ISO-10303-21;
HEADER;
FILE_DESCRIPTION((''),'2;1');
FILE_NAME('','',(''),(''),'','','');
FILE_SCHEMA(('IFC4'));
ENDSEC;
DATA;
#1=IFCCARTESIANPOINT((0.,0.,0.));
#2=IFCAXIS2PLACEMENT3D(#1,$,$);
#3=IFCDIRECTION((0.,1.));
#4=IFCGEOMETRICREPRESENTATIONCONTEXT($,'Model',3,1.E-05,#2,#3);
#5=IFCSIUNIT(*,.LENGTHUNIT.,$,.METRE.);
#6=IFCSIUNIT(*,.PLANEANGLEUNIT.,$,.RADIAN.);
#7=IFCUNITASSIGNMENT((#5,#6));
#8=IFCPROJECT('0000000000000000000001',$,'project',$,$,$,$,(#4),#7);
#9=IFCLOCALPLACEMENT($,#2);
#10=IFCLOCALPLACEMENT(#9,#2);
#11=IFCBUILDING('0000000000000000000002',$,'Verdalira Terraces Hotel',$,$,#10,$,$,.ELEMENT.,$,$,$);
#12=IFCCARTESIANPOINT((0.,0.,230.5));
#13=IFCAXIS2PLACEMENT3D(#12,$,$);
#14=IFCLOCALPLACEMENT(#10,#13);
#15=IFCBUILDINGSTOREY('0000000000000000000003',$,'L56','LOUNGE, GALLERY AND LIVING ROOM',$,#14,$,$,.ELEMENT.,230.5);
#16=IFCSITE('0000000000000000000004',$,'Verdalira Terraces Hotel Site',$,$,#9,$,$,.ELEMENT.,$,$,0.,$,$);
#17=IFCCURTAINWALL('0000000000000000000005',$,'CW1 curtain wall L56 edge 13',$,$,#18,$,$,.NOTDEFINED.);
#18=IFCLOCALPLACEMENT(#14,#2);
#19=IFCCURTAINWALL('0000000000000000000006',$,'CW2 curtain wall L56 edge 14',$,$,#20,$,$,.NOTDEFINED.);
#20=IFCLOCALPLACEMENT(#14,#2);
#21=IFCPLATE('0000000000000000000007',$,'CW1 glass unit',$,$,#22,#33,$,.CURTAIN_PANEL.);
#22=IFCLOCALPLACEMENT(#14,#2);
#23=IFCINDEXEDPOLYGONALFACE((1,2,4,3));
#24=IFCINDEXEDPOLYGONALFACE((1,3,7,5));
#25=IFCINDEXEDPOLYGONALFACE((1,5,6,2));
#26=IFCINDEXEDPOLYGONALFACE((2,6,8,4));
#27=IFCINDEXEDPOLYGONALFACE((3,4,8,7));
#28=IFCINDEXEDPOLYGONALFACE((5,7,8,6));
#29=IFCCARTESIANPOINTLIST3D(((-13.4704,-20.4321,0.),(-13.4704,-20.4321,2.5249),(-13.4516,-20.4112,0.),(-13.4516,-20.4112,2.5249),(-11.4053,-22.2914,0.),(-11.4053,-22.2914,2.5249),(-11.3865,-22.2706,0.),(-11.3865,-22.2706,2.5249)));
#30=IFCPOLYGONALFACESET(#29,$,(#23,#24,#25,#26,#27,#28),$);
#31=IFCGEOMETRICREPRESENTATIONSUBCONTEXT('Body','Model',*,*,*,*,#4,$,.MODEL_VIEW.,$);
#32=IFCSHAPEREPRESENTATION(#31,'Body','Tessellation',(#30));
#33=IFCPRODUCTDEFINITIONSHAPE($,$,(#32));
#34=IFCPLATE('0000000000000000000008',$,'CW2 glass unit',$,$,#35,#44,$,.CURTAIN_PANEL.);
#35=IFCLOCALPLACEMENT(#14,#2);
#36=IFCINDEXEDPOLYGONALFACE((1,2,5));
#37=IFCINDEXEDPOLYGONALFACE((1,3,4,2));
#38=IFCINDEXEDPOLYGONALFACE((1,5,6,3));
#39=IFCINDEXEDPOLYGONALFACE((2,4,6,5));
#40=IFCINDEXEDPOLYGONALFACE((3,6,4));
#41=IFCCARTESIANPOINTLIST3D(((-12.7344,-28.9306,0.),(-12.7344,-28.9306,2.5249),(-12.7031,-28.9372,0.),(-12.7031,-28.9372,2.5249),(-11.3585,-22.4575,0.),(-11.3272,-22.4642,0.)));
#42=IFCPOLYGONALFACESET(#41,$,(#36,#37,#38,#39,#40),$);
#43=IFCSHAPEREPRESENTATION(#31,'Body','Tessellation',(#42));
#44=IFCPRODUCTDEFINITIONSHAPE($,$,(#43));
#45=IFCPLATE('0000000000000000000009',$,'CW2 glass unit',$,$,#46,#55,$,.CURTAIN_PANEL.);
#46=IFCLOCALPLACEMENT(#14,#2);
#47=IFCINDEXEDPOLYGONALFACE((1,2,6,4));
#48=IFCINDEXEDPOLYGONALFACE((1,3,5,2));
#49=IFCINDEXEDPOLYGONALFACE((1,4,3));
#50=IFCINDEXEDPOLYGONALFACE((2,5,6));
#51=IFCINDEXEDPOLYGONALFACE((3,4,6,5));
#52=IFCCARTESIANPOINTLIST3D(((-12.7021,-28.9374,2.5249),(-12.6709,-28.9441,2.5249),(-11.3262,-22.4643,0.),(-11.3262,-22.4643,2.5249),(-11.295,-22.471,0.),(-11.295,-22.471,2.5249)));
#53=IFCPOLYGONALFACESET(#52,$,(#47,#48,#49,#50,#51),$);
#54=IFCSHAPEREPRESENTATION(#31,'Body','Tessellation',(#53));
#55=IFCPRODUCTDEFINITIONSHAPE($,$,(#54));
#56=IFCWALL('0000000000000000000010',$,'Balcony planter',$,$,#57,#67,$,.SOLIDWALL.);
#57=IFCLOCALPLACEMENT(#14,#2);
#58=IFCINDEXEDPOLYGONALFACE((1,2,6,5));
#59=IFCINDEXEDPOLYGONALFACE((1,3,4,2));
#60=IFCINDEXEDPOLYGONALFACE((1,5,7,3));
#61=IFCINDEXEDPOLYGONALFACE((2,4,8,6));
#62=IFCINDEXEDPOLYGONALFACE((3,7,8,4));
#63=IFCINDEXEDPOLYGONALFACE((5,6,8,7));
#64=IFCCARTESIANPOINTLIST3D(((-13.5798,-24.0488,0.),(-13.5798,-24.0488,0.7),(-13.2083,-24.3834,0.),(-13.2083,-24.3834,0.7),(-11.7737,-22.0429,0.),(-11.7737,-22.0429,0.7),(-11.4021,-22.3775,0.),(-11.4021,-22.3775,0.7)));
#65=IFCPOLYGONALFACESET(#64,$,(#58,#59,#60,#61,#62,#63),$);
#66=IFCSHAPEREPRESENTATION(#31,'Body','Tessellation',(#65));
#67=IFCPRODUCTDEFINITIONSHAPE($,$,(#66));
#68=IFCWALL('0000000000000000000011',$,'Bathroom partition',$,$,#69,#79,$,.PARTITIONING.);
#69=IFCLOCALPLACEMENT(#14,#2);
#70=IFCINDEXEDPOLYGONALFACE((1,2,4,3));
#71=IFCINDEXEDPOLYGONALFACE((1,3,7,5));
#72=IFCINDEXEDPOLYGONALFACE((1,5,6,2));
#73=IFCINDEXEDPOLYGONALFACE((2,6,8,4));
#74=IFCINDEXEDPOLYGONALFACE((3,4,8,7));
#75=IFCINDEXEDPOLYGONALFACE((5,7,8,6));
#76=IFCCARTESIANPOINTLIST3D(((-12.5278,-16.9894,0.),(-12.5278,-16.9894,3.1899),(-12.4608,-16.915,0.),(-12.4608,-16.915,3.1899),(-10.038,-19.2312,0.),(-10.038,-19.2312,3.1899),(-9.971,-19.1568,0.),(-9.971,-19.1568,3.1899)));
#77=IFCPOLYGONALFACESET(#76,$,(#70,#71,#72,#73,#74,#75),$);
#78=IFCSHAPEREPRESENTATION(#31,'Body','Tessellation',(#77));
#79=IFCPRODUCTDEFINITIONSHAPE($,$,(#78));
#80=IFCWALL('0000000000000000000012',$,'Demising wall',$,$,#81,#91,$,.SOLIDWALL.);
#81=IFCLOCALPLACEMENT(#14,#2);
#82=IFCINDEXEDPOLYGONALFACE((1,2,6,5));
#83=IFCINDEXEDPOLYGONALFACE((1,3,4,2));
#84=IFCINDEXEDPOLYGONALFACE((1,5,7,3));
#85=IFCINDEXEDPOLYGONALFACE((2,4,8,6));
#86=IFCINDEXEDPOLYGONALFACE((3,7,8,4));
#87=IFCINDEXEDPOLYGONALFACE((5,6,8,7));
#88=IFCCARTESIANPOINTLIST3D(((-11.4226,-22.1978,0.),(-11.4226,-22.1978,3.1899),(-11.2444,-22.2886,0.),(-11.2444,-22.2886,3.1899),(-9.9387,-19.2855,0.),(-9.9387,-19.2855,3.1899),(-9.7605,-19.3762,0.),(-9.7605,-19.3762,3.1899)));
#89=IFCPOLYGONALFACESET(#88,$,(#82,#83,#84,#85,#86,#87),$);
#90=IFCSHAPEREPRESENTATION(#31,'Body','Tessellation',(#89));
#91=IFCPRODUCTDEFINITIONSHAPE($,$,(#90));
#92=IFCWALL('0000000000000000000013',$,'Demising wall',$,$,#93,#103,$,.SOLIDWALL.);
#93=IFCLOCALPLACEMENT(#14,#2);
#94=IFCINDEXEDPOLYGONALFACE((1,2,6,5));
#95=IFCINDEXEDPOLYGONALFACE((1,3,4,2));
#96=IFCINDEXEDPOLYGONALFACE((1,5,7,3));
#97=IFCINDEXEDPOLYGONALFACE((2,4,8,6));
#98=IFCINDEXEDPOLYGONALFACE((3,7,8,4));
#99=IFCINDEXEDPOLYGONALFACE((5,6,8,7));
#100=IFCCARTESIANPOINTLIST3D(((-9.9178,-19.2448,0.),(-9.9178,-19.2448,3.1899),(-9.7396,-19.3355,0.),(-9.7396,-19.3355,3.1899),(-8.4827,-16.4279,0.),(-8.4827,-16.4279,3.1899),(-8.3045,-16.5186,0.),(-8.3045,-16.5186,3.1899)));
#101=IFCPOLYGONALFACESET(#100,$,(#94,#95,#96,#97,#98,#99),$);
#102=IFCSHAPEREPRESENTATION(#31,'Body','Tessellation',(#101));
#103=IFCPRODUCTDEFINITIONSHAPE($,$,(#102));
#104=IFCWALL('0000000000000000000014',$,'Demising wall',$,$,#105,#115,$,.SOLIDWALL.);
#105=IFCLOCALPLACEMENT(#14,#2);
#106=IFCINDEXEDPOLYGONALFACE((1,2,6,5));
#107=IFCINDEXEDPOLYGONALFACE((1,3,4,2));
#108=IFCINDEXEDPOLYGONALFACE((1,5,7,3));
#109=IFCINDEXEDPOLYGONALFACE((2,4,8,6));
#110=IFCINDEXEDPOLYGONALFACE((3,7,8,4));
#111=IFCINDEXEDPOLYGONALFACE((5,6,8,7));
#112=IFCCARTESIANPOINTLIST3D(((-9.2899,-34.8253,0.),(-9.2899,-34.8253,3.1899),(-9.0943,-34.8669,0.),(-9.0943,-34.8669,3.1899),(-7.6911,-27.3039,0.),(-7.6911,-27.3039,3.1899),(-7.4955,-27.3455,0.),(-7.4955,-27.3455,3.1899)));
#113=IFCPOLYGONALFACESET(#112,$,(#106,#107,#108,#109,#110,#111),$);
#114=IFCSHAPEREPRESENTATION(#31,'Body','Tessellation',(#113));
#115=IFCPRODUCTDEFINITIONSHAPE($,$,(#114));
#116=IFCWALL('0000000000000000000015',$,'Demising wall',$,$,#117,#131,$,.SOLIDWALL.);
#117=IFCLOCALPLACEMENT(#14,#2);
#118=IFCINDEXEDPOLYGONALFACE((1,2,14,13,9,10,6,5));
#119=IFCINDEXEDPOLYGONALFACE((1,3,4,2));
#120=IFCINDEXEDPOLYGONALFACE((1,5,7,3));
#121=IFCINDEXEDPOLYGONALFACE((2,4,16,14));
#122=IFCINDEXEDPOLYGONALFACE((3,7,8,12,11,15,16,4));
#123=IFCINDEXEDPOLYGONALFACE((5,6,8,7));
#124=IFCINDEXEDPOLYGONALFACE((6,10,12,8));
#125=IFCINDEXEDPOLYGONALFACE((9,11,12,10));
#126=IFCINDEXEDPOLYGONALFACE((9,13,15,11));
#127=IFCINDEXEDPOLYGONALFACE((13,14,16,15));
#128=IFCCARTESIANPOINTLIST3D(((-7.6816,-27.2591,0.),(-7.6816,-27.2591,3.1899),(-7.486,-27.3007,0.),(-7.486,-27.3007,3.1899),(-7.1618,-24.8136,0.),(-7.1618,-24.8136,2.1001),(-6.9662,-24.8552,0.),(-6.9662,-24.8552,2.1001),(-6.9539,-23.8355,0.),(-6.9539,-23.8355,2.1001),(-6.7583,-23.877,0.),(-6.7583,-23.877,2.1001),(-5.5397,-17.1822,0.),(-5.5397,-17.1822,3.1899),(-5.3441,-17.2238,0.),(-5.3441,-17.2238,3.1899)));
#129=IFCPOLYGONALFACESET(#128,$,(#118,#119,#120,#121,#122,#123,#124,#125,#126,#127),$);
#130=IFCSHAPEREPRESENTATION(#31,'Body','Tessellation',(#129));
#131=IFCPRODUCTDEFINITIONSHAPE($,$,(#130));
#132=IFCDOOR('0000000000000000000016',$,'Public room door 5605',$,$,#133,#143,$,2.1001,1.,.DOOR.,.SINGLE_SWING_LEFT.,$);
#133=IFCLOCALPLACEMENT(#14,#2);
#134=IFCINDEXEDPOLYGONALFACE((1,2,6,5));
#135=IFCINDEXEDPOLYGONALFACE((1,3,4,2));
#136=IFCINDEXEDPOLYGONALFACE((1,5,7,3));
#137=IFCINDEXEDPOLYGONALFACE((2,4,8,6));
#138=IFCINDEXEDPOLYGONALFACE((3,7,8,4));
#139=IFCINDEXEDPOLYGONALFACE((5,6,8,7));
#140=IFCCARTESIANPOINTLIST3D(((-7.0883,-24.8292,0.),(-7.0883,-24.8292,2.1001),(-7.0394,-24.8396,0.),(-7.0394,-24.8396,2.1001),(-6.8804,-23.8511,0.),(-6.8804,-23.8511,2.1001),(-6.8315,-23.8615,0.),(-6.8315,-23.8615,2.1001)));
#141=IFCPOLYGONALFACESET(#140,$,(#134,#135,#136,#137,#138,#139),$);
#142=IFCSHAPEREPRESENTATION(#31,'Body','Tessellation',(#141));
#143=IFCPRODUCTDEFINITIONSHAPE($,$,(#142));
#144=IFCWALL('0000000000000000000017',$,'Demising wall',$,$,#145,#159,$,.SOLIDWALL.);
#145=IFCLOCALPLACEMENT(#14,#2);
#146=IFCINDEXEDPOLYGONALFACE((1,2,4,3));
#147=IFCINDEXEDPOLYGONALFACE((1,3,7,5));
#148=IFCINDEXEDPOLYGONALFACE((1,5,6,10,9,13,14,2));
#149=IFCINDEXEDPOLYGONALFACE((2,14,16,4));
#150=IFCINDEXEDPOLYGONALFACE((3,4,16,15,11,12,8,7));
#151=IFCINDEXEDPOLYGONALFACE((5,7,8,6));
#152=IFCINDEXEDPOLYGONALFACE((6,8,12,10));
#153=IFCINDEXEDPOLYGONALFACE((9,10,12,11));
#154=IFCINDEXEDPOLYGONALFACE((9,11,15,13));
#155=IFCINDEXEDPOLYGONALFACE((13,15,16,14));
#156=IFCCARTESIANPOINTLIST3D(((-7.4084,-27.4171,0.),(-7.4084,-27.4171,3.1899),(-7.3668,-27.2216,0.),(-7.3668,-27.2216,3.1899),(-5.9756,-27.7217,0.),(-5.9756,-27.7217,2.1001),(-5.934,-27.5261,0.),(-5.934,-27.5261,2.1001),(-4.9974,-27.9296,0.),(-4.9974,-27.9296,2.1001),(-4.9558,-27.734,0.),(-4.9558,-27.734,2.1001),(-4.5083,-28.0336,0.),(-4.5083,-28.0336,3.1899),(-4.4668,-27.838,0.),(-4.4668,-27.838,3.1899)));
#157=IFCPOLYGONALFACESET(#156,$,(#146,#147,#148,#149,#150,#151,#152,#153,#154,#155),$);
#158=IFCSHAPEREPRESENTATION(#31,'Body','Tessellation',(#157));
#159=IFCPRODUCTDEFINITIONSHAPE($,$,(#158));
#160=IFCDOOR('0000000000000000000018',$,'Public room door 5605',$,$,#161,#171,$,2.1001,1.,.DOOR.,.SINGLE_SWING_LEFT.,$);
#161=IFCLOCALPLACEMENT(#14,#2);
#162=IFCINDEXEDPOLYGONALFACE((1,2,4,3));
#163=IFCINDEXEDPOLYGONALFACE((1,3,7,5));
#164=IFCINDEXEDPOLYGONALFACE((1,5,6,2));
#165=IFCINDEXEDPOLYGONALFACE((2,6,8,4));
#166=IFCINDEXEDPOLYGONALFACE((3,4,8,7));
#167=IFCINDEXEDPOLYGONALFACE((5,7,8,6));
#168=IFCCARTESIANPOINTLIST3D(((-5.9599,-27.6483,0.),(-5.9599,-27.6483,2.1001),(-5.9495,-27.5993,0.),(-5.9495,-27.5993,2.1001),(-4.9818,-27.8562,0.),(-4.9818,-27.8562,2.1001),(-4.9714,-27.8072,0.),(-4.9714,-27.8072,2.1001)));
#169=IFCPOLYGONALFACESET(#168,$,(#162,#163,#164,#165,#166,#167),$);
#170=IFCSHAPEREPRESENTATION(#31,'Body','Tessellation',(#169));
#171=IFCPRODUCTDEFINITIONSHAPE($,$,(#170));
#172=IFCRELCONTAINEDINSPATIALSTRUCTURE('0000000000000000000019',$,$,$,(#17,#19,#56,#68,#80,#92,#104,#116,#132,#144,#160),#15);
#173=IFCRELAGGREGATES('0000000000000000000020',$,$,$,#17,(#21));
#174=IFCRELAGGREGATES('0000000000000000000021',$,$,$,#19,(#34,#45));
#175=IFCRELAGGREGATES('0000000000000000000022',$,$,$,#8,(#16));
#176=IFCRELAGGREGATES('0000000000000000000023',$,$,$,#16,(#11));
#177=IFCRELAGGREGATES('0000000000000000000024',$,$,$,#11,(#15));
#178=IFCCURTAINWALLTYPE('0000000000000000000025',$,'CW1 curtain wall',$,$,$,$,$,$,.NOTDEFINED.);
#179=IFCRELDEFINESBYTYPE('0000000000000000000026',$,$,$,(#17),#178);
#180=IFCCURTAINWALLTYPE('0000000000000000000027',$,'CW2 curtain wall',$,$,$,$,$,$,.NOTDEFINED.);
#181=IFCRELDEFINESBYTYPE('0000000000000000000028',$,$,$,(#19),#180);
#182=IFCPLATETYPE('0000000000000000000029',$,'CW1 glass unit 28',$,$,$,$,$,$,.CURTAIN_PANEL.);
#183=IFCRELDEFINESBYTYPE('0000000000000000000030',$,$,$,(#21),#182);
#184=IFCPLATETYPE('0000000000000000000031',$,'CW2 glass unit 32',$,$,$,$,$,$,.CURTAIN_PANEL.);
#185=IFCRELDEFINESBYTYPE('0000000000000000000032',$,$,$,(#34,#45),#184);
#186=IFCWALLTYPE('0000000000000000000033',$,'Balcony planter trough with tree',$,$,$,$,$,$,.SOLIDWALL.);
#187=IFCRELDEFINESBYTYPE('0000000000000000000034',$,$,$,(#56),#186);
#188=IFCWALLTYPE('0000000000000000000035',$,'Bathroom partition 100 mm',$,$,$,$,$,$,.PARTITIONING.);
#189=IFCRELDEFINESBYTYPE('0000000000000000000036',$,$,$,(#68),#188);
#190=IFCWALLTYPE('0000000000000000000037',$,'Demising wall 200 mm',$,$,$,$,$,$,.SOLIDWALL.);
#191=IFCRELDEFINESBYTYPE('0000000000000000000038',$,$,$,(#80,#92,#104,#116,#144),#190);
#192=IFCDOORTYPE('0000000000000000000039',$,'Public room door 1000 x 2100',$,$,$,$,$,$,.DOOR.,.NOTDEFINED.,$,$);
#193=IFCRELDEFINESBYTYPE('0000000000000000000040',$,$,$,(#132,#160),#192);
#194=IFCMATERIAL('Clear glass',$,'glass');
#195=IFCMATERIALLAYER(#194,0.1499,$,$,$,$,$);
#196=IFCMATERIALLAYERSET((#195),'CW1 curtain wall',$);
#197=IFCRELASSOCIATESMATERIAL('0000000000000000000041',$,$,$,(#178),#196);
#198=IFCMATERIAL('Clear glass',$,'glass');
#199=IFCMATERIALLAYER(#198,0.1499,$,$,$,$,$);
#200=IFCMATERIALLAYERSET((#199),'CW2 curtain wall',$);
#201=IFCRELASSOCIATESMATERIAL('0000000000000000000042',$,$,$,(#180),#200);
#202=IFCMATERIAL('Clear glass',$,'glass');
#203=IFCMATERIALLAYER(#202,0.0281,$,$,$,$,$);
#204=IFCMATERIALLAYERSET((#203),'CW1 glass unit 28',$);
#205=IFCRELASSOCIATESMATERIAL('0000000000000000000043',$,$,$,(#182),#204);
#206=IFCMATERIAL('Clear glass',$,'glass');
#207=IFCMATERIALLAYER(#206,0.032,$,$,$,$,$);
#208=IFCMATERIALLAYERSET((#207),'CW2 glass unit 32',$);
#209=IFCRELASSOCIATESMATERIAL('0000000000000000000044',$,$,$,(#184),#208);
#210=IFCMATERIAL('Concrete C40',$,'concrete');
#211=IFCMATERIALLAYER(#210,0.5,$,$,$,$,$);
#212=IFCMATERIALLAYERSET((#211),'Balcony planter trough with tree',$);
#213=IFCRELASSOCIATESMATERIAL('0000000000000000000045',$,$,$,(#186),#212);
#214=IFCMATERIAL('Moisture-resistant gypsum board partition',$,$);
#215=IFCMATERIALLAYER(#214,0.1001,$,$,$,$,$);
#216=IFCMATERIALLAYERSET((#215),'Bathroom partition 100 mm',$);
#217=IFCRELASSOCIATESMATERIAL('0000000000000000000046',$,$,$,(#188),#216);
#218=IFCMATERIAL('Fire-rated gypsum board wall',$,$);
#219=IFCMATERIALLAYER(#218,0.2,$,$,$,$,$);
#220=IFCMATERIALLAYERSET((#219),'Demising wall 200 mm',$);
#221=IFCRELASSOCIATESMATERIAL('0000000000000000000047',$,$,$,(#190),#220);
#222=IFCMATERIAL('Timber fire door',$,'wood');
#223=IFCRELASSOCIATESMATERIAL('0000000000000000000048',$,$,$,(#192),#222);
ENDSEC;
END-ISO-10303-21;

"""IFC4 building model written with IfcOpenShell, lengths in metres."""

from ifc_helpers import new_model, si_unit, direction, frame, frame_2d, origin, origin_2d, place, context, subcontext, project, spatial, polyline, rectangle, outline, extrude, material, layer, layer_set, type_object, element, fill, aggregate, save


model = new_model("IFC4")

# Units and contexts
model_context = context("Model", 3, precision=1e-05, world=origin(), true_north=direction((0.0, 1.0)))
body_context = subcontext(model_context, "Body", "Model", "MODEL_VIEW")
ifc_project = project(units=[si_unit("LENGTHUNIT", "METRE"), si_unit("PLANEANGLEUNIT", "RADIAN")], contexts=[model_context])

# Site, building, storey
site_placement = place(None, origin())
site = spatial("IfcSite", under=ifc_project, at=site_placement, Name="Verdalira Terraces Hotel Site", CompositionType="ELEMENT", RefElevation=0.0)
building_placement = place(site_placement, origin())
building = spatial("IfcBuilding", under=site, at=building_placement, Name="Verdalira Terraces Hotel", CompositionType="ELEMENT")
storey_placement = place(building_placement, frame((0.0, 0.0, 230.5)))
storey = spatial("IfcBuildingStorey", under=building, at=storey_placement, Name="L56", Description="LOUNGE, GALLERY AND LIVING ROOM", CompositionType="ELEMENT", Elevation=230.5)

# Curtain wall
ifc_material_1 = material(Name="Clear glass", Category="glass")
ifc_layer_1 = layer(ifc_material_1, 0.1499)
ifc_layer_set_1 = layer_set([ifc_layer_1], Name="CW1 curtain wall")
curtain_wall_type_1 = type_object("IfcCurtainWallType", Name="CW1 curtain wall", PredefinedType="NOTDEFINED", material=ifc_layer_set_1)
curtain_wall_1_placement = place(storey_placement, origin())
curtain_wall_1 = element("IfcCurtainWall", 1, at=curtain_wall_1_placement, inside=storey, type_object=curtain_wall_type_1, Name="CW1 curtain wall L56 edge 13", PredefinedType="NOTDEFINED")

# Curtain wall
ifc_material_2 = material(Name="Clear glass", Category="glass")
ifc_layer_2 = layer(ifc_material_2, 0.1499)
ifc_layer_set_2 = layer_set([ifc_layer_2], Name="CW2 curtain wall")
curtain_wall_type_2 = type_object("IfcCurtainWallType", Name="CW2 curtain wall", PredefinedType="NOTDEFINED", material=ifc_layer_set_2)
curtain_wall_2_placement = place(storey_placement, origin())
curtain_wall_2 = element("IfcCurtainWall", 2, at=curtain_wall_2_placement, inside=storey, type_object=curtain_wall_type_2, Name="CW2 curtain wall L56 edge 14", PredefinedType="NOTDEFINED")

# Plates
ifc_material_3 = material(Name="Clear glass", Category="glass")
ifc_layer_3 = layer(ifc_material_3, 0.0281)
ifc_layer_set_3 = layer_set([ifc_layer_3], Name="CW1 glass unit 28")
plate_type_1 = type_object("IfcPlateType", Name="CW1 glass unit 28", PredefinedType="CURTAIN_PANEL", material=ifc_layer_set_3)
plate_1_placement = place(storey_placement, frame((-12.4285, -21.3513, 0.0), z_axis=(0.0, 0.0, 1.0), x_axis=(0.743145, -0.669131, 0.0)))
plate_1 = element("IfcPlate", 3, at=plate_1_placement, type_object=plate_type_1, Name="CW1 glass unit", PredefinedType="CURTAIN_PANEL", context=body_context, shape_type="SweptSolid", body=[
    extrude(rectangle(XDim=2.7788, YDim=0.0281, at=origin_2d()), origin(), (0.0, 0.0, 1.0), 2.5249),
])
aggregate(curtain_wall_1, [plate_1])
ifc_material_4 = material(Name="Clear glass", Category="glass")
ifc_layer_4 = layer(ifc_material_4, 0.032)
ifc_layer_set_4 = layer_set([ifc_layer_4], Name="CW2 glass unit 32")
plate_type_2 = type_object("IfcPlateType", Name="CW2 glass unit 32", PredefinedType="CURTAIN_PANEL", material=ifc_layer_set_4)
plate_2_placement = place(storey_placement, frame((-12.0151, -25.7007, 1.2625), z_axis=(-0.978148, 0.207912, 0.0), x_axis=(-0.207912, -0.978148, 0.0)))
plate_2 = element("IfcPlate", 4, at=plate_2_placement, type_object=plate_type_2, Name="CW2 glass unit", PredefinedType="CURTAIN_PANEL", context=body_context, shape_type="SweptSolid", body=[
    extrude(outline(polyline([(-3.3088, -1.2625), (3.3088, -1.2625), (3.3088, 1.2625), (-3.3088, -1.2625)])), origin(), (0.0, 0.0, 1.0), 0.032),
])
plate_3_placement = place(storey_placement, frame((-11.9829, -25.7075, 1.2625), z_axis=(-0.978148, 0.207912, 0.0), x_axis=(-0.207912, -0.978148, 0.0)))
plate_3 = element("IfcPlate", 5, at=plate_3_placement, type_object=plate_type_2, Name="CW2 glass unit", PredefinedType="CURTAIN_PANEL", context=body_context, shape_type="SweptSolid", body=[
    extrude(outline(polyline([(-3.3088, -1.2625), (3.3088, 1.2625), (-3.3088, 1.2625), (-3.3088, -1.2625)])), origin(), (0.0, 0.0, 1.0), 0.032),
])
aggregate(curtain_wall_2, [plate_2, plate_3])

# Walls
ifc_material_5 = material(Name="Concrete C40", Category="concrete")
ifc_layer_5 = layer(ifc_material_5, 0.5)
ifc_layer_set_5 = layer_set([ifc_layer_5], Name="Balcony planter trough with tree")
wall_type_1 = type_object("IfcWallType", Name="Balcony planter trough with tree", PredefinedType="SOLIDWALL", material=ifc_layer_set_5)
wall_1_placement = place(storey_placement, frame((-13.394, -24.2161, 0.0), z_axis=(0.0, 0.0, 1.0), x_axis=(0.669145, 0.743132, 0.0)))
element("IfcWall", 6, at=wall_1_placement, inside=storey, type_object=wall_type_1, Name="Balcony planter", PredefinedType="SOLIDWALL", context=body_context, shape_type="SweptSolid", body=[
    extrude(rectangle(XDim=2.6992, YDim=0.5, at=frame_2d((1.3496, 0.0))), origin(), (0.0, 0.0, 1.0), 0.7),
])
ifc_material_6 = material(Name="Moisture-resistant gypsum board partition")
ifc_layer_6 = layer(ifc_material_6, 0.1001)
ifc_layer_set_6 = layer_set([ifc_layer_6], Name="Bathroom partition 100 mm")
wall_type_2 = type_object("IfcWallType", Name="Bathroom partition 100 mm", PredefinedType="PARTITIONING", material=ifc_layer_set_6)
wall_2_placement = place(storey_placement, frame((-10.0044, -19.1941, 0.0), z_axis=(0.0, 0.0, 1.0), x_axis=(-0.743156, 0.669118, 0.0)))
element("IfcWall", 7, at=wall_2_placement, inside=storey, type_object=wall_type_2, Name="Bathroom partition", PredefinedType="PARTITIONING", context=body_context, shape_type="SweptSolid", body=[
    extrude(rectangle(XDim=3.3503, YDim=0.1001, at=frame_2d((1.6753, 0.0))), origin(), (0.0, 0.0, 1.0), 3.1899),
])
ifc_material_7 = material(Name="Fire-rated gypsum board wall")
ifc_layer_7 = layer(ifc_material_7, 0.2)
ifc_layer_set_7 = layer_set([ifc_layer_7], Name="Demising wall 200 mm")
wall_type_3 = type_object("IfcWallType", Name="Demising wall 200 mm", PredefinedType="SOLIDWALL", material=ifc_layer_set_7)
wall_3_placement = place(storey_placement, frame((-11.3335, -22.2432, 0.0), z_axis=(0.0, 0.0, 1.0), x_axis=(0.453983, 0.89101, 0.0)))
element("IfcWall", 8, at=wall_3_placement, inside=storey, type_object=wall_type_3, Name="Demising wall", PredefinedType="SOLIDWALL", context=body_context, shape_type="SweptSolid", body=[
    extrude(rectangle(XDim=3.2686, YDim=0.2, at=frame_2d((1.6343, 0.0))), origin(), (0.0, 0.0, 1.0), 3.1899),
])
wall_4_placement = place(storey_placement, frame((-9.8286, -19.29, 0.0), z_axis=(0.0, 0.0, 1.0), x_axis=(0.453935, 0.891035, 0.0)))
element("IfcWall", 9, at=wall_4_placement, inside=storey, type_object=wall_type_3, Name="Demising wall", PredefinedType="SOLIDWALL", context=body_context, shape_type="SweptSolid", body=[
    extrude(rectangle(XDim=3.1614, YDim=0.2, at=frame_2d((1.5806, 0.0))), origin(), (0.0, 0.0, 1.0), 3.1899),
])
wall_5_placement = place(storey_placement, frame((-7.5933, -27.3247, 0.0), z_axis=(0.0, 0.0, 1.0), x_axis=(-0.207929, -0.978144, 0.0)))
element("IfcWall", 10, at=wall_5_placement, inside=storey, type_object=wall_type_3, Name="Demising wall", PredefinedType="SOLIDWALL", context=body_context, shape_type="SweptSolid", body=[
    extrude(rectangle(XDim=7.6895, YDim=0.2, at=frame_2d((3.8447, 0.0))), origin(), (0.0, 0.0, 1.0), 3.1899),
])

# Walls, openings, doors
wall_6_placement = place(storey_placement, frame((-7.5837, -27.2798, 0.0), z_axis=(0.0, 0.0, 1.0), x_axis=(0.207906, 0.978149, 0.0)))
wall_6 = element("IfcWall", 11, at=wall_6_placement, inside=storey, type_object=wall_type_3, Name="Demising wall", PredefinedType="SOLIDWALL", context=body_context, shape_type="SweptSolid", body=[
    extrude(rectangle(XDim=10.302, YDim=0.2, at=frame_2d((5.1509, 0.0))), origin(), (0.0, 0.0, 1.0), 3.1899),
])
opening_1_placement = place(wall_6_placement, frame((2.5, 0.0, 0.0)))
opening_1 = element("IfcOpeningElement", 12, at=opening_1_placement, cuts=wall_6, PredefinedType="OPENING", context=body_context, shape_type="SweptSolid", body=[
    extrude(rectangle(XDim=1.0, YDim=2.1001, at=frame_2d((0.5, 1.05))), frame((0.0, 0.1099, 0.0), z_axis=(0.0, -1.0, 0.0), x_axis=(1.0, 0.0, 0.0)), (0.0, 0.0, 1.0), 0.22),
])
ifc_material_8 = material(Name="Timber fire door", Category="wood")
door_type_1 = type_object("IfcDoorType", Name="Public room door 1000 x 2100", OperationType="NOTDEFINED", PredefinedType="DOOR", material=ifc_material_8)
door_1_placement = place(opening_1_placement, origin())
door_1 = element("IfcDoor", 13, at=door_1_placement, inside=storey, type_object=door_type_1, Name="Public room door 5605", OperationType="SINGLE_SWING_LEFT", OverallHeight=2.1001, OverallWidth=1.0, PredefinedType="DOOR", context=body_context, shape_type="SweptSolid", body=[
    extrude(rectangle(XDim=1.0, YDim=2.1001, at=frame_2d((0.5, 1.05))), frame((0.0, 0.0249, 0.0), z_axis=(0.0, -1.0, 0.0), x_axis=(1.0, 0.0, 0.0)), (0.0, 0.0, 1.0), 0.05),
])
fill(opening_1, door_1)
wall_7_placement = place(storey_placement, frame((-4.4875, -27.9358, 0.0), z_axis=(0.0, 0.0, 1.0), x_axis=(-0.978147, 0.207915, 0.0)))
wall_7 = element("IfcWall", 14, at=wall_7_placement, inside=storey, type_object=wall_type_3, Name="Demising wall", PredefinedType="SOLIDWALL", context=body_context, shape_type="SweptSolid", body=[
    extrude(rectangle(XDim=2.9648, YDim=0.2, at=frame_2d((1.4824, 0.0))), origin(), (0.0, 0.0, 1.0), 3.1899),
])
opening_2_placement = place(wall_7_placement, frame((0.5, 0.0, 0.0)))
opening_2 = element("IfcOpeningElement", 15, at=opening_2_placement, cuts=wall_7, PredefinedType="OPENING", context=body_context, shape_type="SweptSolid", body=[
    extrude(rectangle(XDim=1.0, YDim=2.1001, at=frame_2d((0.5, 1.05))), frame((0.0, 0.1099, 0.0), z_axis=(0.0, -1.0, 0.0), x_axis=(1.0, 0.0, 0.0)), (0.0, 0.0, 1.0), 0.22),
])
door_2_placement = place(opening_2_placement, origin())
door_2 = element("IfcDoor", 16, at=door_2_placement, inside=storey, type_object=door_type_1, Name="Public room door 5605", OperationType="SINGLE_SWING_LEFT", OverallHeight=2.1001, OverallWidth=1.0, PredefinedType="DOOR", context=body_context, shape_type="SweptSolid", body=[
    extrude(rectangle(XDim=1.0, YDim=2.1001, at=frame_2d((0.5, 1.05))), frame((0.0, 0.0249, 0.0), z_axis=(0.0, -1.0, 0.0), x_axis=(1.0, 0.0, 0.0)), (0.0, 0.0, 1.0), 0.05),
])
fill(opening_2, door_2)

save(model, "model.ifc")
